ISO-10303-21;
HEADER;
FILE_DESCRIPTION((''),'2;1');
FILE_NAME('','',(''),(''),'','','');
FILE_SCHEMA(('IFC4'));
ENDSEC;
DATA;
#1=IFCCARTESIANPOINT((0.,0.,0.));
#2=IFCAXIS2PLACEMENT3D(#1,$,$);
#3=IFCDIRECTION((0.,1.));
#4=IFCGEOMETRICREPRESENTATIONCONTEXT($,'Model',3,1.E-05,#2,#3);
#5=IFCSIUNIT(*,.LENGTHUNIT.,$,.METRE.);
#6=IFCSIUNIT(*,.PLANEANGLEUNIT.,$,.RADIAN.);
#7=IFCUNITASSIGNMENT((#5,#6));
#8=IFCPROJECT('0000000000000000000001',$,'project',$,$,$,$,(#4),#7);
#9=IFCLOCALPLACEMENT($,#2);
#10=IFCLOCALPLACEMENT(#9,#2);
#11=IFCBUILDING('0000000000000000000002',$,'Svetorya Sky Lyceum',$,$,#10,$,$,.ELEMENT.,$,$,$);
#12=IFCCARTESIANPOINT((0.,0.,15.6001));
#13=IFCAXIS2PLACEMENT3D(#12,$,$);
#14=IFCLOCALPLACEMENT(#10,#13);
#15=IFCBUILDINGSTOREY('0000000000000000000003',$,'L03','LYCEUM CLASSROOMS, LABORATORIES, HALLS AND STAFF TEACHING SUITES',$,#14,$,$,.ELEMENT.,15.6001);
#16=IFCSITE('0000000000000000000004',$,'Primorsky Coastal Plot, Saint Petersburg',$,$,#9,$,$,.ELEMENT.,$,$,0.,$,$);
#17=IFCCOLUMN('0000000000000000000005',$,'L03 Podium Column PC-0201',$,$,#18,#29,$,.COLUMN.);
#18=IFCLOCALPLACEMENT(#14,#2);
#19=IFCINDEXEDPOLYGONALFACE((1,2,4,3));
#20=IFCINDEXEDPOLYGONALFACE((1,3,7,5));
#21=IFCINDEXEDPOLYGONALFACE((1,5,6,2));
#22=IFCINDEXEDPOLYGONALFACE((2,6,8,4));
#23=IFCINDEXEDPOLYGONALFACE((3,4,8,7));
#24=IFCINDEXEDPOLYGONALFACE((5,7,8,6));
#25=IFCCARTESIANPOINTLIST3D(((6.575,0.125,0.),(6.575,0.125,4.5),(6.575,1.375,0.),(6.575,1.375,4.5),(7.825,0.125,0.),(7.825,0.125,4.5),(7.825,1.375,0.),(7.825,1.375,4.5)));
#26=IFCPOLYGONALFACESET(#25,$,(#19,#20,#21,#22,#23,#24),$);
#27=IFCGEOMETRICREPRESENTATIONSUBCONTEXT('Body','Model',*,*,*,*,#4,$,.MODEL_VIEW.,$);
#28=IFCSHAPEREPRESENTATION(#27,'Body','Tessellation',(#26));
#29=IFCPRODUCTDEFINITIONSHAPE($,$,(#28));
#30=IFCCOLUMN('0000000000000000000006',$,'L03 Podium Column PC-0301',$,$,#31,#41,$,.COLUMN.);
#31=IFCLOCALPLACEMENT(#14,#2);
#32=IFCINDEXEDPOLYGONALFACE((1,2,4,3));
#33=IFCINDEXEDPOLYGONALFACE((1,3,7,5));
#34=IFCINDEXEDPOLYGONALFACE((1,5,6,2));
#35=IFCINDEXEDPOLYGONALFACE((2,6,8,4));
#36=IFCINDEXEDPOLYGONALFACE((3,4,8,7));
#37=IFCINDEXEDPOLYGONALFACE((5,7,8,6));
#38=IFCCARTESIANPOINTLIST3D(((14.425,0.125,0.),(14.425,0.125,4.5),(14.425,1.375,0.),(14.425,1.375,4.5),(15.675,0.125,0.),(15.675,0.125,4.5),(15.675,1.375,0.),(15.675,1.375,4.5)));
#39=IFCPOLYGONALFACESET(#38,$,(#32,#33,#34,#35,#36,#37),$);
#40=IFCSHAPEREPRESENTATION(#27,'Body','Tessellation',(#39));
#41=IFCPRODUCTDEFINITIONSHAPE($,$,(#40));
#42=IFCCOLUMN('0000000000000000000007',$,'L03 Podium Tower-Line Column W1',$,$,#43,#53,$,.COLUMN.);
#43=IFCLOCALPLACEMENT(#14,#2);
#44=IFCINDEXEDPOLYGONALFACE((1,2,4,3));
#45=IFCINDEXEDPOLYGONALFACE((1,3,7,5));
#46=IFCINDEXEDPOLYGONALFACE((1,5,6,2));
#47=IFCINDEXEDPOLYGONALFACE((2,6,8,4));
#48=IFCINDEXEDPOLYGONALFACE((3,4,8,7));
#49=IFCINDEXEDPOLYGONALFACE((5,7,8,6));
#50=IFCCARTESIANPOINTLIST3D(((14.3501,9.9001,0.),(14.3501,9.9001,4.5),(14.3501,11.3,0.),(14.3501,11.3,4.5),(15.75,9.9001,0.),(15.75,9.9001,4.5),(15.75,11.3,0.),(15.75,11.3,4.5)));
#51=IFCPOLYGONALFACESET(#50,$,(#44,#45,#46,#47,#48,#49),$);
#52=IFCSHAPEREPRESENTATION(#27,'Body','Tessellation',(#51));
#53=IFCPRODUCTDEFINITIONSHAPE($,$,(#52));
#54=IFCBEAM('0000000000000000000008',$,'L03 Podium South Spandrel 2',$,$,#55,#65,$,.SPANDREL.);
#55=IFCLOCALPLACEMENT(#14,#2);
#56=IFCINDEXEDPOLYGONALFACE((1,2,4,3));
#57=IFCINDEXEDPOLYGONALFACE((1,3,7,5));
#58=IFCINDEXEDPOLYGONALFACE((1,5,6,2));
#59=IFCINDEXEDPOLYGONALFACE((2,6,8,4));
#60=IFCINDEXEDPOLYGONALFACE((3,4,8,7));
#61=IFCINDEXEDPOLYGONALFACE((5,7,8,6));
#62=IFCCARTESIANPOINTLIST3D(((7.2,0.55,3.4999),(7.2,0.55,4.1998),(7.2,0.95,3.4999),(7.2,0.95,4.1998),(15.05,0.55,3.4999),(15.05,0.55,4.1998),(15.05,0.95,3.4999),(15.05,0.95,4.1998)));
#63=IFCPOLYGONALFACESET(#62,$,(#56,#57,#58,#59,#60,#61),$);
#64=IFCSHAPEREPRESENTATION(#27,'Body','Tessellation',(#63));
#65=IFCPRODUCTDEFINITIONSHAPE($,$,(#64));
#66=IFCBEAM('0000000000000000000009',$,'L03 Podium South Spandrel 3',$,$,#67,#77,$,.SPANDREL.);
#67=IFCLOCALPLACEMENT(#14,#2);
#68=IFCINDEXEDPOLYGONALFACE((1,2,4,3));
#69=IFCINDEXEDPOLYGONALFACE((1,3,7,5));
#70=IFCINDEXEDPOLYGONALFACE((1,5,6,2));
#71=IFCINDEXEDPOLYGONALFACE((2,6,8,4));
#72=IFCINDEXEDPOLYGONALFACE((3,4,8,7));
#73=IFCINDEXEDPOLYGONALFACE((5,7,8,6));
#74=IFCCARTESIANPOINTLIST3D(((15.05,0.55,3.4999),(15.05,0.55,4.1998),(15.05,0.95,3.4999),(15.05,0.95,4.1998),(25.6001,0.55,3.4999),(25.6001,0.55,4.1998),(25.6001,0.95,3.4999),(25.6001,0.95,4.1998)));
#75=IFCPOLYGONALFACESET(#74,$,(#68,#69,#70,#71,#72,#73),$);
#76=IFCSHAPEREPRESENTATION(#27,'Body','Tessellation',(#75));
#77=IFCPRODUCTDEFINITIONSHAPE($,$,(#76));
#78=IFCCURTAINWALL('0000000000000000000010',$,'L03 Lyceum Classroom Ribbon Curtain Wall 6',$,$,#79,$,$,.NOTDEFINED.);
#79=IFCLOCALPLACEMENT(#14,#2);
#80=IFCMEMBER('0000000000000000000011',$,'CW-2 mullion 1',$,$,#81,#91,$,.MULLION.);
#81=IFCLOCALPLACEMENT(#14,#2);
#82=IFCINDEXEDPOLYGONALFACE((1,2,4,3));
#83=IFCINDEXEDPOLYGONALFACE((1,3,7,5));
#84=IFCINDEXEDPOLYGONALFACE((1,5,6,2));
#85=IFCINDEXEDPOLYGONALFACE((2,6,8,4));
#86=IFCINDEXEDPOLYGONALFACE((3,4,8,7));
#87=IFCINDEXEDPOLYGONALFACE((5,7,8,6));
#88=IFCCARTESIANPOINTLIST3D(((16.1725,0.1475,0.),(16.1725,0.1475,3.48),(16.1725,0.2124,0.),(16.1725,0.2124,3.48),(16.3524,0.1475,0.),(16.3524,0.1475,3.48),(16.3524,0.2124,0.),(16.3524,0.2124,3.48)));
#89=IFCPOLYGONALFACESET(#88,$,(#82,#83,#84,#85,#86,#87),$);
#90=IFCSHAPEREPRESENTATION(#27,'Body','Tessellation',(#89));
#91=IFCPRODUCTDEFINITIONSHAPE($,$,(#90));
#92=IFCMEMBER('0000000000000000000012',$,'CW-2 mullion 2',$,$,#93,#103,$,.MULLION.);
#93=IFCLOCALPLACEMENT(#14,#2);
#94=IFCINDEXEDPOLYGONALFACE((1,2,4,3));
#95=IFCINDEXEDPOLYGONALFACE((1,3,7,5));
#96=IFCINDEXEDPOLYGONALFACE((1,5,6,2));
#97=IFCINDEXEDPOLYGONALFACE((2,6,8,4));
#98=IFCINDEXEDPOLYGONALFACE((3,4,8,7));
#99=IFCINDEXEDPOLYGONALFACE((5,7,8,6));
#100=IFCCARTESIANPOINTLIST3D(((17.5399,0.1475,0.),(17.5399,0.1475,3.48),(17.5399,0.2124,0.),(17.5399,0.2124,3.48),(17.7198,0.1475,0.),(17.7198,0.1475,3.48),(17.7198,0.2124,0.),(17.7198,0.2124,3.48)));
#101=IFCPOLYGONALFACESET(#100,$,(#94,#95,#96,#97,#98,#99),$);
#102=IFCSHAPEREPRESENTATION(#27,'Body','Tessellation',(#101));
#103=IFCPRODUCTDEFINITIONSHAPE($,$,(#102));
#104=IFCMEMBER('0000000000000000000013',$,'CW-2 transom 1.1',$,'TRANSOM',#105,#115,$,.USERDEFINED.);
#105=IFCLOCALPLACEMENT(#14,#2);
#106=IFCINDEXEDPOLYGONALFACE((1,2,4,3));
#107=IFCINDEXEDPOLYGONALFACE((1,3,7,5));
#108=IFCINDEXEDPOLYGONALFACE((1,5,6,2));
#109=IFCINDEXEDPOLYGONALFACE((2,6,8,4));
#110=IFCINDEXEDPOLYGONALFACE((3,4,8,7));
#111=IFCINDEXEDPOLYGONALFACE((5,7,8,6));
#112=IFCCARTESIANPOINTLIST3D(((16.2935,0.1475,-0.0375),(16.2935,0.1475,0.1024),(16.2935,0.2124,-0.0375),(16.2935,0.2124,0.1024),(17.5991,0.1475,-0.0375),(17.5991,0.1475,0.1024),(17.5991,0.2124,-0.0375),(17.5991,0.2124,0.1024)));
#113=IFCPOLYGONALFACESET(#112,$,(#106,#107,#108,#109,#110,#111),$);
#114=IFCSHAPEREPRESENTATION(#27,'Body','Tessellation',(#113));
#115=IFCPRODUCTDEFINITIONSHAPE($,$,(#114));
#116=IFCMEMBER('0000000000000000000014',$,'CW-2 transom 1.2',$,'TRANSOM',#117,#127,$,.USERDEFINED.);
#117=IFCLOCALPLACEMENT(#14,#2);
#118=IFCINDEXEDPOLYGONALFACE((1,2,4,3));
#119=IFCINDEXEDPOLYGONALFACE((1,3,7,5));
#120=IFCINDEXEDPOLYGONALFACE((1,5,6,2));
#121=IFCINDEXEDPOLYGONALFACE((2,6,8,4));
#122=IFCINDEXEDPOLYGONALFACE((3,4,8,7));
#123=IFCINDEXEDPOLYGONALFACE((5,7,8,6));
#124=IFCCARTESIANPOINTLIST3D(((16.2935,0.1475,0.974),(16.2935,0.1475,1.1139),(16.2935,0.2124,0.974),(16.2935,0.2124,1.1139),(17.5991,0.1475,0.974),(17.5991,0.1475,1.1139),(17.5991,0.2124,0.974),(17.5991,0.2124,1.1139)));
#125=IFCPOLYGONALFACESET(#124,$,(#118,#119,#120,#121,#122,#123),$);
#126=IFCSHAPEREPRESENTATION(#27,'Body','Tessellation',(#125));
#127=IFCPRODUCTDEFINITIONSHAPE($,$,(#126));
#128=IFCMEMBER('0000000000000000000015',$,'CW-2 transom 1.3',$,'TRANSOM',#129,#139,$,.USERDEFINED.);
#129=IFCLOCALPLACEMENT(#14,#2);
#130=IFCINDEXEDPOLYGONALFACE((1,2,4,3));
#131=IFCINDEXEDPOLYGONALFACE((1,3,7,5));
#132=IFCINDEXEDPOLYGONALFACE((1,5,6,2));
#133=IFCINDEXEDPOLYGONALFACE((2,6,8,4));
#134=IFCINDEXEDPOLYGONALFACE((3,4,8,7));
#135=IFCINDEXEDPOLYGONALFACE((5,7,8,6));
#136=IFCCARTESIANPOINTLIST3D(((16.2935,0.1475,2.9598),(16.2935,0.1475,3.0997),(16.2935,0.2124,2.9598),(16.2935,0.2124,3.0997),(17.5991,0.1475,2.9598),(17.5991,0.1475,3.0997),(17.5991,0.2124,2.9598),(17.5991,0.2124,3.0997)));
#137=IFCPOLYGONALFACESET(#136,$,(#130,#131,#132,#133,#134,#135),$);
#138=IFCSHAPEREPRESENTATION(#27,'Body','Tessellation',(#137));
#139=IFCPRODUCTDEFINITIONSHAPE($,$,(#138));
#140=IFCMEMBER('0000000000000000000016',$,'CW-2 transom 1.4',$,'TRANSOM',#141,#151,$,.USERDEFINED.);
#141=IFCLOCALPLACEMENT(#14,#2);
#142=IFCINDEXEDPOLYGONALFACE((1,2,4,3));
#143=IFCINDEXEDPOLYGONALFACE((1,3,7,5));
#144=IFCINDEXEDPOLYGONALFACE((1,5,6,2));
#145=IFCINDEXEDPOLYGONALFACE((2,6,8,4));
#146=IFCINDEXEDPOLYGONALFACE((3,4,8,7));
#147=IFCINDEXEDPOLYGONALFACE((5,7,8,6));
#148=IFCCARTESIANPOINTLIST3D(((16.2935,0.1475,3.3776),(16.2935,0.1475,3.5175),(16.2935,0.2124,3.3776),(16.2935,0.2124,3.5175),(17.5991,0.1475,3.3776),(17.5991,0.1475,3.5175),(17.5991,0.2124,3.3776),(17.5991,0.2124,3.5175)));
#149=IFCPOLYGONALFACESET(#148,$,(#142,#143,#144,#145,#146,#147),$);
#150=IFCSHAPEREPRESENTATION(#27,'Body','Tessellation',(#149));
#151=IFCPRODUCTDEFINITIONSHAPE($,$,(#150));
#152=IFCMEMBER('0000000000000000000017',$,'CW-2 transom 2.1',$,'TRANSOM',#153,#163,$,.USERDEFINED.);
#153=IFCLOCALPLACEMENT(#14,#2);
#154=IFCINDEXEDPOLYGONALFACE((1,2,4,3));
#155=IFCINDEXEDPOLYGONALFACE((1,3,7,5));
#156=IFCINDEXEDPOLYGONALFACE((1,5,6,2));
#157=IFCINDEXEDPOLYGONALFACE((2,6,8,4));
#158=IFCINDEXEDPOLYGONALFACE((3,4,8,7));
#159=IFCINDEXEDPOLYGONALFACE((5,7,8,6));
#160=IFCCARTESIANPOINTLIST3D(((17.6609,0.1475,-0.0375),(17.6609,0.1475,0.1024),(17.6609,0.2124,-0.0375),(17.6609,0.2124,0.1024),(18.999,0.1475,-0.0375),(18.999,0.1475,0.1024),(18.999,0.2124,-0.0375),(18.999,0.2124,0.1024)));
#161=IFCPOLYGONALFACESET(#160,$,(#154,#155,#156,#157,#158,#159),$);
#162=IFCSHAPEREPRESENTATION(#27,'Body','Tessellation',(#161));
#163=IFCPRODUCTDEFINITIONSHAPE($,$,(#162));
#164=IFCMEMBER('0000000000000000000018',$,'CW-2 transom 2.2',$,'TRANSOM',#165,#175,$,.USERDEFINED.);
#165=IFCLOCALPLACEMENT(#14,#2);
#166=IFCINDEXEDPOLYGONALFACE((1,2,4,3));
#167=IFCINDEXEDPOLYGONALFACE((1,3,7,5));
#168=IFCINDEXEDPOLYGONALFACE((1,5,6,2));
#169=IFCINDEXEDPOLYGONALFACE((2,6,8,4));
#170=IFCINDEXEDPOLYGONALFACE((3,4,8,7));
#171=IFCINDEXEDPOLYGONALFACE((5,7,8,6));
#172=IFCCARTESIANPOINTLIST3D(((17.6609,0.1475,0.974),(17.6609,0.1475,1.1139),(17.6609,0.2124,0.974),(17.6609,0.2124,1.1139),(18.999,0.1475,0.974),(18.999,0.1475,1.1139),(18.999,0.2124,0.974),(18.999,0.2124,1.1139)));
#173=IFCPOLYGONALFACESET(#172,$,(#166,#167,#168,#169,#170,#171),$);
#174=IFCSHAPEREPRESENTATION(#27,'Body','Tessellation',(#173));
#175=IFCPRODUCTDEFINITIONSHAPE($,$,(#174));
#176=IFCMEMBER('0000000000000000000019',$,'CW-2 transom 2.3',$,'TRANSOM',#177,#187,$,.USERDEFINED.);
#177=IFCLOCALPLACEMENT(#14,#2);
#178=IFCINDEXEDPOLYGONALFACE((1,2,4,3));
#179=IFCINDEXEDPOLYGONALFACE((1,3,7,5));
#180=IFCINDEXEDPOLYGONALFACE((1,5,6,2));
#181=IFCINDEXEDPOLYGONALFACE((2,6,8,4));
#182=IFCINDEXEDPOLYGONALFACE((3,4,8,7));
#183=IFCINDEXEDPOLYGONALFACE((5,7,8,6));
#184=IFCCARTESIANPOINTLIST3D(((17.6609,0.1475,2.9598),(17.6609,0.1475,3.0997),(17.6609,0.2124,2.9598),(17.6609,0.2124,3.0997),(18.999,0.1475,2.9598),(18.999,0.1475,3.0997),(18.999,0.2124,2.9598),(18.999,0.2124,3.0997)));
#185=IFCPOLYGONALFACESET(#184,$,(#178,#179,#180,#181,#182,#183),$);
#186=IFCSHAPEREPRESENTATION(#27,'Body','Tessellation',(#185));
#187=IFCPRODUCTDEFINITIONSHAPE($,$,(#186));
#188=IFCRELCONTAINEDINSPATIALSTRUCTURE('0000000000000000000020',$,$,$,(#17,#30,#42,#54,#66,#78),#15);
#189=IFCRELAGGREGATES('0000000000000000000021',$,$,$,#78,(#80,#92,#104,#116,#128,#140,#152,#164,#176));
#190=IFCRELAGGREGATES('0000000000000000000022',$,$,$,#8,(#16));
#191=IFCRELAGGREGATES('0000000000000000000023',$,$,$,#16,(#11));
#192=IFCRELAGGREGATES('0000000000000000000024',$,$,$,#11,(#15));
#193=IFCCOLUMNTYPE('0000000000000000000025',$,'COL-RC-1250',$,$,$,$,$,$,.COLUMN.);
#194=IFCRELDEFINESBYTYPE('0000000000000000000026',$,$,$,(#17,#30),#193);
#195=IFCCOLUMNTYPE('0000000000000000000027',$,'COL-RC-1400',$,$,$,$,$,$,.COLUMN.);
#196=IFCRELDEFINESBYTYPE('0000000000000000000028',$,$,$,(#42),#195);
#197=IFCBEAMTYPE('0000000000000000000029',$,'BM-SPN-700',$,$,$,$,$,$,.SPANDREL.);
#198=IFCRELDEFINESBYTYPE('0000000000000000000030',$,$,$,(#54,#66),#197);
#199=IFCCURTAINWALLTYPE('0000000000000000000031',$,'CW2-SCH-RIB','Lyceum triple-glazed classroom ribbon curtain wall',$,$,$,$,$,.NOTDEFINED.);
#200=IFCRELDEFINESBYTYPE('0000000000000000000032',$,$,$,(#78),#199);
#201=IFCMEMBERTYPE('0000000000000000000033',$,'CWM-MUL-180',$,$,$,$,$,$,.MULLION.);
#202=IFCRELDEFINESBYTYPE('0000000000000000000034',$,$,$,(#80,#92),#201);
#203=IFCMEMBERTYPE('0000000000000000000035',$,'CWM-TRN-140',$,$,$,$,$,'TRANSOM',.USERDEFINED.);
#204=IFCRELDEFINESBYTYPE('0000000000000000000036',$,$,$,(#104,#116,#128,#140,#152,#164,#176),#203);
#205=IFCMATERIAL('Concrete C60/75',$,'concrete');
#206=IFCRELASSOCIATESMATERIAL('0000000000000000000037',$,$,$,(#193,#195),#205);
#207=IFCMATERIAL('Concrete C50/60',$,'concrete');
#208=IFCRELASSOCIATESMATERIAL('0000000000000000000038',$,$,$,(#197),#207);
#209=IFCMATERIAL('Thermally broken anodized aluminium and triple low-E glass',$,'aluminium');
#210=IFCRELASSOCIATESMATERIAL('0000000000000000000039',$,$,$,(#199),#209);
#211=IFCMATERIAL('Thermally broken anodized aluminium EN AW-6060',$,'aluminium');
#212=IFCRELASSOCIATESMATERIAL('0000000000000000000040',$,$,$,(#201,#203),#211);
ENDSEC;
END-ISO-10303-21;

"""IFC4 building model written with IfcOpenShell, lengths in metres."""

from ifc_helpers import new_model, si_unit, direction, frame, origin, origin_2d, place, context, subcontext, project, spatial, rectangle, extrude, material, material_profile, profile_set, type_object, element, aggregate, save


model = new_model("IFC4")

# Units and contexts
model_context = context("Model", 3, precision=1e-05, world=origin(), true_north=direction((0.0, 1.0)))
body_context = subcontext(model_context, "Body", "Model", "MODEL_VIEW")
ifc_project = project(units=[si_unit("LENGTHUNIT", "METRE"), si_unit("PLANEANGLEUNIT", "RADIAN")], contexts=[model_context])

# Site, building, storey
site_placement = place(None, origin())
site = spatial("IfcSite", under=ifc_project, at=site_placement, Name="Primorsky Coastal Plot, Saint Petersburg", CompositionType="ELEMENT", RefElevation=0.0)
building_placement = place(site_placement, origin())
building = spatial("IfcBuilding", under=site, at=building_placement, Name="Svetorya Sky Lyceum", CompositionType="ELEMENT")
storey_placement = place(building_placement, frame((0.0, 0.0, 15.6001)))
storey = spatial("IfcBuildingStorey", under=building, at=storey_placement, Name="L03", Description="LYCEUM CLASSROOMS, LABORATORIES, HALLS AND STAFF TEACHING SUITES", CompositionType="ELEMENT", Elevation=15.6001)

# Columns
ifc_material_1 = material(Name="Concrete C60/75", Category="concrete")
ifc_material_profile_1 = material_profile(ifc_material_1, rectangle(XDim=1.25, YDim=1.25, at=origin_2d()), Name="RC COL 1250x1250")
ifc_profile_set_1 = profile_set([ifc_material_profile_1], Name="Concrete C60/75")
column_type_1 = type_object("IfcColumnType", Name="COL-RC-1250", PredefinedType="COLUMN", material=ifc_profile_set_1)
for number, where, z_axis, x_axis, name in (
    (1, (7.2, 0.75, 0.0), (0.0, 0.0, 1.0), (1.0, 0.0, 0.0), "L03 Podium Column PC-0201"),
    (2, (15.05, 0.75, 0.0), (0.0, 0.0, 1.0), (1.0, 0.0, 0.0), "L03 Podium Column PC-0301"),
):
    element("IfcColumn", number, at=place(storey_placement, frame(where, z_axis=z_axis, x_axis=x_axis)), inside=storey, type_object=column_type_1, Name=name, PredefinedType="COLUMN", context=body_context, shape_type="SweptSolid", body=[
        extrude(rectangle(XDim=1.25, YDim=1.25, at=origin_2d()), origin(), (0.0, 0.0, 1.0), 4.5),
    ])
ifc_material_profile_2 = material_profile(ifc_material_1, rectangle(XDim=1.3999, YDim=1.3999, at=origin_2d()), Name="RC COL 1400x1400")
ifc_profile_set_2 = profile_set([ifc_material_profile_2], Name="Concrete C60/75")
column_type_2 = type_object("IfcColumnType", Name="COL-RC-1400", PredefinedType="COLUMN", material=ifc_profile_set_2)
column_placement = place(storey_placement, frame((15.05, 10.6001, 0.0), z_axis=(0.0, 0.0, 1.0), x_axis=(1.0, 0.0, 0.0)))
element("IfcColumn", 3, at=column_placement, inside=storey, type_object=column_type_2, Name="L03 Podium Tower-Line Column W1", PredefinedType="COLUMN", context=body_context, shape_type="SweptSolid", body=[
    extrude(rectangle(XDim=1.3999, YDim=1.3999, at=origin_2d()), origin(), (0.0, 0.0, 1.0), 4.5),
])

# Beams
ifc_material_2 = material(Name="Concrete C50/60", Category="concrete")
ifc_material_profile_3 = material_profile(ifc_material_2, rectangle(XDim=0.3999, YDim=0.7, at=origin_2d()), Name="RC SPANDREL 400x700")
ifc_profile_set_3 = profile_set([ifc_material_profile_3], Name="Concrete C50/60")
beam_type = type_object("IfcBeamType", Name="BM-SPN-700", PredefinedType="SPANDREL", material=ifc_profile_set_3)
beam_1_placement = place(storey_placement, frame((7.2, 0.75, 3.8499), z_axis=(1.0, 0.0, 0.0), x_axis=(0.0, 1.0, 0.0)))
element("IfcBeam", 4, at=beam_1_placement, inside=storey, type_object=beam_type, Name="L03 Podium South Spandrel 2", PredefinedType="SPANDREL", context=body_context, shape_type="SweptSolid", body=[
    extrude(rectangle(XDim=0.3999, YDim=0.7, at=origin_2d()), origin(), (0.0, 0.0, 1.0), 7.8501),
])
beam_2_placement = place(storey_placement, frame((15.05, 0.75, 3.8499), z_axis=(1.0, 0.0, 0.0), x_axis=(0.0, 1.0, 0.0)))
element("IfcBeam", 5, at=beam_2_placement, inside=storey, type_object=beam_type, Name="L03 Podium South Spandrel 3", PredefinedType="SPANDREL", context=body_context, shape_type="SweptSolid", body=[
    extrude(rectangle(XDim=0.3999, YDim=0.7, at=origin_2d()), origin(), (0.0, 0.0, 1.0), 10.55),
])

# Curtain wall, members
ifc_material_3 = material(Name="Thermally broken anodized aluminium and triple low-E glass", Category="aluminium")
curtain_wall_type = type_object("IfcCurtainWallType", Name="CW2-SCH-RIB", Description="Lyceum triple-glazed classroom ribbon curtain wall", PredefinedType="NOTDEFINED", material=ifc_material_3)
curtain_wall_placement = place(storey_placement, origin())
curtain_wall = element("IfcCurtainWall", 6, at=curtain_wall_placement, inside=storey, type_object=curtain_wall_type, Name="L03 Lyceum Classroom Ribbon Curtain Wall 6", PredefinedType="NOTDEFINED")
ifc_material_4 = material(Name="Thermally broken anodized aluminium EN AW-6060", Category="aluminium")
ifc_material_profile_4 = material_profile(ifc_material_4, rectangle(XDim=0.0649, YDim=0.1799, at=origin_2d()), Name="ALU MULLION 65x180")
ifc_profile_set_4 = profile_set([ifc_material_profile_4], Name="Thermally broken anodized aluminium EN AW-6060")
member_type_1 = type_object("IfcMemberType", Name="CWM-MUL-180", PredefinedType="MULLION", material=ifc_profile_set_4)
member_1_placement = place(storey_placement, frame((16.2625, 0.1799, 0.0), z_axis=(0.0, 0.0, 1.0), x_axis=(0.0, 1.0, 0.0)))
member_1 = element("IfcMember", 7, at=member_1_placement, type_object=member_type_1, Name="CW-2 mullion 1", PredefinedType="MULLION", context=body_context, shape_type="SweptSolid", body=[
    extrude(rectangle(XDim=0.0649, YDim=0.1799, at=origin_2d()), origin(), (0.0, 0.0, 1.0), 3.48),
])
member_2_placement = place(storey_placement, frame((17.6299, 0.1799, 0.0), z_axis=(0.0, 0.0, 1.0), x_axis=(0.0, 1.0, 0.0)))
member_2 = element("IfcMember", 8, at=member_2_placement, type_object=member_type_1, Name="CW-2 mullion 2", PredefinedType="MULLION", context=body_context, shape_type="SweptSolid", body=[
    extrude(rectangle(XDim=0.0649, YDim=0.1799, at=origin_2d()), origin(), (0.0, 0.0, 1.0), 3.48),
])
ifc_material_profile_5 = material_profile(ifc_material_4, rectangle(XDim=0.0649, YDim=0.1399, at=origin_2d()), Name="ALU TRANSOM 65x140")
ifc_profile_set_5 = profile_set([ifc_material_profile_5], Name="Thermally broken anodized aluminium EN AW-6060")
member_type_2 = type_object("IfcMemberType", Name="CWM-TRN-140", ElementType="TRANSOM", PredefinedType="USERDEFINED", material=ifc_profile_set_5)
member_3_placement = place(storey_placement, frame((16.2935, 0.1799, 0.0325), z_axis=(1.0, 0.0, 0.0), x_axis=(0.0, 1.0, 0.0)))
member_3 = element("IfcMember", 9, at=member_3_placement, type_object=member_type_2, Name="CW-2 transom 1.1", ObjectType="TRANSOM", PredefinedType="USERDEFINED", context=body_context, shape_type="SweptSolid", body=[
    extrude(rectangle(XDim=0.0649, YDim=0.1399, at=origin_2d()), origin(), (0.0, 0.0, 1.0), 1.3057),
])
member_4_placement = place(storey_placement, frame((16.2935, 0.1799, 1.0439), z_axis=(1.0, 0.0, 0.0), x_axis=(0.0, 1.0, 0.0)))
member_4 = element("IfcMember", 10, at=member_4_placement, type_object=member_type_2, Name="CW-2 transom 1.2", ObjectType="TRANSOM", PredefinedType="USERDEFINED", context=body_context, shape_type="SweptSolid", body=[
    extrude(rectangle(XDim=0.0649, YDim=0.1399, at=origin_2d()), origin(), (0.0, 0.0, 1.0), 1.3057),
])
member_5_placement = place(storey_placement, frame((16.2935, 0.1799, 3.0298), z_axis=(1.0, 0.0, 0.0), x_axis=(0.0, 1.0, 0.0)))
member_5 = element("IfcMember", 11, at=member_5_placement, type_object=member_type_2, Name="CW-2 transom 1.3", ObjectType="TRANSOM", PredefinedType="USERDEFINED", context=body_context, shape_type="SweptSolid", body=[
    extrude(rectangle(XDim=0.0649, YDim=0.1399, at=origin_2d()), origin(), (0.0, 0.0, 1.0), 1.3057),
])
member_6_placement = place(storey_placement, frame((16.2935, 0.1799, 3.4475), z_axis=(1.0, 0.0, 0.0), x_axis=(0.0, 1.0, 0.0)))
member_6 = element("IfcMember", 12, at=member_6_placement, type_object=member_type_2, Name="CW-2 transom 1.4", ObjectType="TRANSOM", PredefinedType="USERDEFINED", context=body_context, shape_type="SweptSolid", body=[
    extrude(rectangle(XDim=0.0649, YDim=0.1399, at=origin_2d()), origin(), (0.0, 0.0, 1.0), 1.3057),
])
member_7_placement = place(storey_placement, frame((17.6609, 0.1799, 0.0325), z_axis=(1.0, 0.0, 0.0), x_axis=(0.0, 1.0, 0.0)))
member_7 = element("IfcMember", 13, at=member_7_placement, type_object=member_type_2, Name="CW-2 transom 2.1", ObjectType="TRANSOM", PredefinedType="USERDEFINED", context=body_context, shape_type="SweptSolid", body=[
    extrude(rectangle(XDim=0.0649, YDim=0.1399, at=origin_2d()), origin(), (0.0, 0.0, 1.0), 1.3381),
])
member_8_placement = place(storey_placement, frame((17.6609, 0.1799, 1.0439), z_axis=(1.0, 0.0, 0.0), x_axis=(0.0, 1.0, 0.0)))
member_8 = element("IfcMember", 14, at=member_8_placement, type_object=member_type_2, Name="CW-2 transom 2.2", ObjectType="TRANSOM", PredefinedType="USERDEFINED", context=body_context, shape_type="SweptSolid", body=[
    extrude(rectangle(XDim=0.0649, YDim=0.1399, at=origin_2d()), origin(), (0.0, 0.0, 1.0), 1.3381),
])
member_9_placement = place(storey_placement, frame((17.6609, 0.1799, 3.0298), z_axis=(1.0, 0.0, 0.0), x_axis=(0.0, 1.0, 0.0)))
member_9 = element("IfcMember", 15, at=member_9_placement, type_object=member_type_2, Name="CW-2 transom 2.3", ObjectType="TRANSOM", PredefinedType="USERDEFINED", context=body_context, shape_type="SweptSolid", body=[
    extrude(rectangle(XDim=0.0649, YDim=0.1399, at=origin_2d()), origin(), (0.0, 0.0, 1.0), 1.3381),
])
aggregate(curtain_wall, [member_1, member_2, member_3, member_4, member_5, member_6, member_7, member_8, member_9])

save(model, "model.ifc")
